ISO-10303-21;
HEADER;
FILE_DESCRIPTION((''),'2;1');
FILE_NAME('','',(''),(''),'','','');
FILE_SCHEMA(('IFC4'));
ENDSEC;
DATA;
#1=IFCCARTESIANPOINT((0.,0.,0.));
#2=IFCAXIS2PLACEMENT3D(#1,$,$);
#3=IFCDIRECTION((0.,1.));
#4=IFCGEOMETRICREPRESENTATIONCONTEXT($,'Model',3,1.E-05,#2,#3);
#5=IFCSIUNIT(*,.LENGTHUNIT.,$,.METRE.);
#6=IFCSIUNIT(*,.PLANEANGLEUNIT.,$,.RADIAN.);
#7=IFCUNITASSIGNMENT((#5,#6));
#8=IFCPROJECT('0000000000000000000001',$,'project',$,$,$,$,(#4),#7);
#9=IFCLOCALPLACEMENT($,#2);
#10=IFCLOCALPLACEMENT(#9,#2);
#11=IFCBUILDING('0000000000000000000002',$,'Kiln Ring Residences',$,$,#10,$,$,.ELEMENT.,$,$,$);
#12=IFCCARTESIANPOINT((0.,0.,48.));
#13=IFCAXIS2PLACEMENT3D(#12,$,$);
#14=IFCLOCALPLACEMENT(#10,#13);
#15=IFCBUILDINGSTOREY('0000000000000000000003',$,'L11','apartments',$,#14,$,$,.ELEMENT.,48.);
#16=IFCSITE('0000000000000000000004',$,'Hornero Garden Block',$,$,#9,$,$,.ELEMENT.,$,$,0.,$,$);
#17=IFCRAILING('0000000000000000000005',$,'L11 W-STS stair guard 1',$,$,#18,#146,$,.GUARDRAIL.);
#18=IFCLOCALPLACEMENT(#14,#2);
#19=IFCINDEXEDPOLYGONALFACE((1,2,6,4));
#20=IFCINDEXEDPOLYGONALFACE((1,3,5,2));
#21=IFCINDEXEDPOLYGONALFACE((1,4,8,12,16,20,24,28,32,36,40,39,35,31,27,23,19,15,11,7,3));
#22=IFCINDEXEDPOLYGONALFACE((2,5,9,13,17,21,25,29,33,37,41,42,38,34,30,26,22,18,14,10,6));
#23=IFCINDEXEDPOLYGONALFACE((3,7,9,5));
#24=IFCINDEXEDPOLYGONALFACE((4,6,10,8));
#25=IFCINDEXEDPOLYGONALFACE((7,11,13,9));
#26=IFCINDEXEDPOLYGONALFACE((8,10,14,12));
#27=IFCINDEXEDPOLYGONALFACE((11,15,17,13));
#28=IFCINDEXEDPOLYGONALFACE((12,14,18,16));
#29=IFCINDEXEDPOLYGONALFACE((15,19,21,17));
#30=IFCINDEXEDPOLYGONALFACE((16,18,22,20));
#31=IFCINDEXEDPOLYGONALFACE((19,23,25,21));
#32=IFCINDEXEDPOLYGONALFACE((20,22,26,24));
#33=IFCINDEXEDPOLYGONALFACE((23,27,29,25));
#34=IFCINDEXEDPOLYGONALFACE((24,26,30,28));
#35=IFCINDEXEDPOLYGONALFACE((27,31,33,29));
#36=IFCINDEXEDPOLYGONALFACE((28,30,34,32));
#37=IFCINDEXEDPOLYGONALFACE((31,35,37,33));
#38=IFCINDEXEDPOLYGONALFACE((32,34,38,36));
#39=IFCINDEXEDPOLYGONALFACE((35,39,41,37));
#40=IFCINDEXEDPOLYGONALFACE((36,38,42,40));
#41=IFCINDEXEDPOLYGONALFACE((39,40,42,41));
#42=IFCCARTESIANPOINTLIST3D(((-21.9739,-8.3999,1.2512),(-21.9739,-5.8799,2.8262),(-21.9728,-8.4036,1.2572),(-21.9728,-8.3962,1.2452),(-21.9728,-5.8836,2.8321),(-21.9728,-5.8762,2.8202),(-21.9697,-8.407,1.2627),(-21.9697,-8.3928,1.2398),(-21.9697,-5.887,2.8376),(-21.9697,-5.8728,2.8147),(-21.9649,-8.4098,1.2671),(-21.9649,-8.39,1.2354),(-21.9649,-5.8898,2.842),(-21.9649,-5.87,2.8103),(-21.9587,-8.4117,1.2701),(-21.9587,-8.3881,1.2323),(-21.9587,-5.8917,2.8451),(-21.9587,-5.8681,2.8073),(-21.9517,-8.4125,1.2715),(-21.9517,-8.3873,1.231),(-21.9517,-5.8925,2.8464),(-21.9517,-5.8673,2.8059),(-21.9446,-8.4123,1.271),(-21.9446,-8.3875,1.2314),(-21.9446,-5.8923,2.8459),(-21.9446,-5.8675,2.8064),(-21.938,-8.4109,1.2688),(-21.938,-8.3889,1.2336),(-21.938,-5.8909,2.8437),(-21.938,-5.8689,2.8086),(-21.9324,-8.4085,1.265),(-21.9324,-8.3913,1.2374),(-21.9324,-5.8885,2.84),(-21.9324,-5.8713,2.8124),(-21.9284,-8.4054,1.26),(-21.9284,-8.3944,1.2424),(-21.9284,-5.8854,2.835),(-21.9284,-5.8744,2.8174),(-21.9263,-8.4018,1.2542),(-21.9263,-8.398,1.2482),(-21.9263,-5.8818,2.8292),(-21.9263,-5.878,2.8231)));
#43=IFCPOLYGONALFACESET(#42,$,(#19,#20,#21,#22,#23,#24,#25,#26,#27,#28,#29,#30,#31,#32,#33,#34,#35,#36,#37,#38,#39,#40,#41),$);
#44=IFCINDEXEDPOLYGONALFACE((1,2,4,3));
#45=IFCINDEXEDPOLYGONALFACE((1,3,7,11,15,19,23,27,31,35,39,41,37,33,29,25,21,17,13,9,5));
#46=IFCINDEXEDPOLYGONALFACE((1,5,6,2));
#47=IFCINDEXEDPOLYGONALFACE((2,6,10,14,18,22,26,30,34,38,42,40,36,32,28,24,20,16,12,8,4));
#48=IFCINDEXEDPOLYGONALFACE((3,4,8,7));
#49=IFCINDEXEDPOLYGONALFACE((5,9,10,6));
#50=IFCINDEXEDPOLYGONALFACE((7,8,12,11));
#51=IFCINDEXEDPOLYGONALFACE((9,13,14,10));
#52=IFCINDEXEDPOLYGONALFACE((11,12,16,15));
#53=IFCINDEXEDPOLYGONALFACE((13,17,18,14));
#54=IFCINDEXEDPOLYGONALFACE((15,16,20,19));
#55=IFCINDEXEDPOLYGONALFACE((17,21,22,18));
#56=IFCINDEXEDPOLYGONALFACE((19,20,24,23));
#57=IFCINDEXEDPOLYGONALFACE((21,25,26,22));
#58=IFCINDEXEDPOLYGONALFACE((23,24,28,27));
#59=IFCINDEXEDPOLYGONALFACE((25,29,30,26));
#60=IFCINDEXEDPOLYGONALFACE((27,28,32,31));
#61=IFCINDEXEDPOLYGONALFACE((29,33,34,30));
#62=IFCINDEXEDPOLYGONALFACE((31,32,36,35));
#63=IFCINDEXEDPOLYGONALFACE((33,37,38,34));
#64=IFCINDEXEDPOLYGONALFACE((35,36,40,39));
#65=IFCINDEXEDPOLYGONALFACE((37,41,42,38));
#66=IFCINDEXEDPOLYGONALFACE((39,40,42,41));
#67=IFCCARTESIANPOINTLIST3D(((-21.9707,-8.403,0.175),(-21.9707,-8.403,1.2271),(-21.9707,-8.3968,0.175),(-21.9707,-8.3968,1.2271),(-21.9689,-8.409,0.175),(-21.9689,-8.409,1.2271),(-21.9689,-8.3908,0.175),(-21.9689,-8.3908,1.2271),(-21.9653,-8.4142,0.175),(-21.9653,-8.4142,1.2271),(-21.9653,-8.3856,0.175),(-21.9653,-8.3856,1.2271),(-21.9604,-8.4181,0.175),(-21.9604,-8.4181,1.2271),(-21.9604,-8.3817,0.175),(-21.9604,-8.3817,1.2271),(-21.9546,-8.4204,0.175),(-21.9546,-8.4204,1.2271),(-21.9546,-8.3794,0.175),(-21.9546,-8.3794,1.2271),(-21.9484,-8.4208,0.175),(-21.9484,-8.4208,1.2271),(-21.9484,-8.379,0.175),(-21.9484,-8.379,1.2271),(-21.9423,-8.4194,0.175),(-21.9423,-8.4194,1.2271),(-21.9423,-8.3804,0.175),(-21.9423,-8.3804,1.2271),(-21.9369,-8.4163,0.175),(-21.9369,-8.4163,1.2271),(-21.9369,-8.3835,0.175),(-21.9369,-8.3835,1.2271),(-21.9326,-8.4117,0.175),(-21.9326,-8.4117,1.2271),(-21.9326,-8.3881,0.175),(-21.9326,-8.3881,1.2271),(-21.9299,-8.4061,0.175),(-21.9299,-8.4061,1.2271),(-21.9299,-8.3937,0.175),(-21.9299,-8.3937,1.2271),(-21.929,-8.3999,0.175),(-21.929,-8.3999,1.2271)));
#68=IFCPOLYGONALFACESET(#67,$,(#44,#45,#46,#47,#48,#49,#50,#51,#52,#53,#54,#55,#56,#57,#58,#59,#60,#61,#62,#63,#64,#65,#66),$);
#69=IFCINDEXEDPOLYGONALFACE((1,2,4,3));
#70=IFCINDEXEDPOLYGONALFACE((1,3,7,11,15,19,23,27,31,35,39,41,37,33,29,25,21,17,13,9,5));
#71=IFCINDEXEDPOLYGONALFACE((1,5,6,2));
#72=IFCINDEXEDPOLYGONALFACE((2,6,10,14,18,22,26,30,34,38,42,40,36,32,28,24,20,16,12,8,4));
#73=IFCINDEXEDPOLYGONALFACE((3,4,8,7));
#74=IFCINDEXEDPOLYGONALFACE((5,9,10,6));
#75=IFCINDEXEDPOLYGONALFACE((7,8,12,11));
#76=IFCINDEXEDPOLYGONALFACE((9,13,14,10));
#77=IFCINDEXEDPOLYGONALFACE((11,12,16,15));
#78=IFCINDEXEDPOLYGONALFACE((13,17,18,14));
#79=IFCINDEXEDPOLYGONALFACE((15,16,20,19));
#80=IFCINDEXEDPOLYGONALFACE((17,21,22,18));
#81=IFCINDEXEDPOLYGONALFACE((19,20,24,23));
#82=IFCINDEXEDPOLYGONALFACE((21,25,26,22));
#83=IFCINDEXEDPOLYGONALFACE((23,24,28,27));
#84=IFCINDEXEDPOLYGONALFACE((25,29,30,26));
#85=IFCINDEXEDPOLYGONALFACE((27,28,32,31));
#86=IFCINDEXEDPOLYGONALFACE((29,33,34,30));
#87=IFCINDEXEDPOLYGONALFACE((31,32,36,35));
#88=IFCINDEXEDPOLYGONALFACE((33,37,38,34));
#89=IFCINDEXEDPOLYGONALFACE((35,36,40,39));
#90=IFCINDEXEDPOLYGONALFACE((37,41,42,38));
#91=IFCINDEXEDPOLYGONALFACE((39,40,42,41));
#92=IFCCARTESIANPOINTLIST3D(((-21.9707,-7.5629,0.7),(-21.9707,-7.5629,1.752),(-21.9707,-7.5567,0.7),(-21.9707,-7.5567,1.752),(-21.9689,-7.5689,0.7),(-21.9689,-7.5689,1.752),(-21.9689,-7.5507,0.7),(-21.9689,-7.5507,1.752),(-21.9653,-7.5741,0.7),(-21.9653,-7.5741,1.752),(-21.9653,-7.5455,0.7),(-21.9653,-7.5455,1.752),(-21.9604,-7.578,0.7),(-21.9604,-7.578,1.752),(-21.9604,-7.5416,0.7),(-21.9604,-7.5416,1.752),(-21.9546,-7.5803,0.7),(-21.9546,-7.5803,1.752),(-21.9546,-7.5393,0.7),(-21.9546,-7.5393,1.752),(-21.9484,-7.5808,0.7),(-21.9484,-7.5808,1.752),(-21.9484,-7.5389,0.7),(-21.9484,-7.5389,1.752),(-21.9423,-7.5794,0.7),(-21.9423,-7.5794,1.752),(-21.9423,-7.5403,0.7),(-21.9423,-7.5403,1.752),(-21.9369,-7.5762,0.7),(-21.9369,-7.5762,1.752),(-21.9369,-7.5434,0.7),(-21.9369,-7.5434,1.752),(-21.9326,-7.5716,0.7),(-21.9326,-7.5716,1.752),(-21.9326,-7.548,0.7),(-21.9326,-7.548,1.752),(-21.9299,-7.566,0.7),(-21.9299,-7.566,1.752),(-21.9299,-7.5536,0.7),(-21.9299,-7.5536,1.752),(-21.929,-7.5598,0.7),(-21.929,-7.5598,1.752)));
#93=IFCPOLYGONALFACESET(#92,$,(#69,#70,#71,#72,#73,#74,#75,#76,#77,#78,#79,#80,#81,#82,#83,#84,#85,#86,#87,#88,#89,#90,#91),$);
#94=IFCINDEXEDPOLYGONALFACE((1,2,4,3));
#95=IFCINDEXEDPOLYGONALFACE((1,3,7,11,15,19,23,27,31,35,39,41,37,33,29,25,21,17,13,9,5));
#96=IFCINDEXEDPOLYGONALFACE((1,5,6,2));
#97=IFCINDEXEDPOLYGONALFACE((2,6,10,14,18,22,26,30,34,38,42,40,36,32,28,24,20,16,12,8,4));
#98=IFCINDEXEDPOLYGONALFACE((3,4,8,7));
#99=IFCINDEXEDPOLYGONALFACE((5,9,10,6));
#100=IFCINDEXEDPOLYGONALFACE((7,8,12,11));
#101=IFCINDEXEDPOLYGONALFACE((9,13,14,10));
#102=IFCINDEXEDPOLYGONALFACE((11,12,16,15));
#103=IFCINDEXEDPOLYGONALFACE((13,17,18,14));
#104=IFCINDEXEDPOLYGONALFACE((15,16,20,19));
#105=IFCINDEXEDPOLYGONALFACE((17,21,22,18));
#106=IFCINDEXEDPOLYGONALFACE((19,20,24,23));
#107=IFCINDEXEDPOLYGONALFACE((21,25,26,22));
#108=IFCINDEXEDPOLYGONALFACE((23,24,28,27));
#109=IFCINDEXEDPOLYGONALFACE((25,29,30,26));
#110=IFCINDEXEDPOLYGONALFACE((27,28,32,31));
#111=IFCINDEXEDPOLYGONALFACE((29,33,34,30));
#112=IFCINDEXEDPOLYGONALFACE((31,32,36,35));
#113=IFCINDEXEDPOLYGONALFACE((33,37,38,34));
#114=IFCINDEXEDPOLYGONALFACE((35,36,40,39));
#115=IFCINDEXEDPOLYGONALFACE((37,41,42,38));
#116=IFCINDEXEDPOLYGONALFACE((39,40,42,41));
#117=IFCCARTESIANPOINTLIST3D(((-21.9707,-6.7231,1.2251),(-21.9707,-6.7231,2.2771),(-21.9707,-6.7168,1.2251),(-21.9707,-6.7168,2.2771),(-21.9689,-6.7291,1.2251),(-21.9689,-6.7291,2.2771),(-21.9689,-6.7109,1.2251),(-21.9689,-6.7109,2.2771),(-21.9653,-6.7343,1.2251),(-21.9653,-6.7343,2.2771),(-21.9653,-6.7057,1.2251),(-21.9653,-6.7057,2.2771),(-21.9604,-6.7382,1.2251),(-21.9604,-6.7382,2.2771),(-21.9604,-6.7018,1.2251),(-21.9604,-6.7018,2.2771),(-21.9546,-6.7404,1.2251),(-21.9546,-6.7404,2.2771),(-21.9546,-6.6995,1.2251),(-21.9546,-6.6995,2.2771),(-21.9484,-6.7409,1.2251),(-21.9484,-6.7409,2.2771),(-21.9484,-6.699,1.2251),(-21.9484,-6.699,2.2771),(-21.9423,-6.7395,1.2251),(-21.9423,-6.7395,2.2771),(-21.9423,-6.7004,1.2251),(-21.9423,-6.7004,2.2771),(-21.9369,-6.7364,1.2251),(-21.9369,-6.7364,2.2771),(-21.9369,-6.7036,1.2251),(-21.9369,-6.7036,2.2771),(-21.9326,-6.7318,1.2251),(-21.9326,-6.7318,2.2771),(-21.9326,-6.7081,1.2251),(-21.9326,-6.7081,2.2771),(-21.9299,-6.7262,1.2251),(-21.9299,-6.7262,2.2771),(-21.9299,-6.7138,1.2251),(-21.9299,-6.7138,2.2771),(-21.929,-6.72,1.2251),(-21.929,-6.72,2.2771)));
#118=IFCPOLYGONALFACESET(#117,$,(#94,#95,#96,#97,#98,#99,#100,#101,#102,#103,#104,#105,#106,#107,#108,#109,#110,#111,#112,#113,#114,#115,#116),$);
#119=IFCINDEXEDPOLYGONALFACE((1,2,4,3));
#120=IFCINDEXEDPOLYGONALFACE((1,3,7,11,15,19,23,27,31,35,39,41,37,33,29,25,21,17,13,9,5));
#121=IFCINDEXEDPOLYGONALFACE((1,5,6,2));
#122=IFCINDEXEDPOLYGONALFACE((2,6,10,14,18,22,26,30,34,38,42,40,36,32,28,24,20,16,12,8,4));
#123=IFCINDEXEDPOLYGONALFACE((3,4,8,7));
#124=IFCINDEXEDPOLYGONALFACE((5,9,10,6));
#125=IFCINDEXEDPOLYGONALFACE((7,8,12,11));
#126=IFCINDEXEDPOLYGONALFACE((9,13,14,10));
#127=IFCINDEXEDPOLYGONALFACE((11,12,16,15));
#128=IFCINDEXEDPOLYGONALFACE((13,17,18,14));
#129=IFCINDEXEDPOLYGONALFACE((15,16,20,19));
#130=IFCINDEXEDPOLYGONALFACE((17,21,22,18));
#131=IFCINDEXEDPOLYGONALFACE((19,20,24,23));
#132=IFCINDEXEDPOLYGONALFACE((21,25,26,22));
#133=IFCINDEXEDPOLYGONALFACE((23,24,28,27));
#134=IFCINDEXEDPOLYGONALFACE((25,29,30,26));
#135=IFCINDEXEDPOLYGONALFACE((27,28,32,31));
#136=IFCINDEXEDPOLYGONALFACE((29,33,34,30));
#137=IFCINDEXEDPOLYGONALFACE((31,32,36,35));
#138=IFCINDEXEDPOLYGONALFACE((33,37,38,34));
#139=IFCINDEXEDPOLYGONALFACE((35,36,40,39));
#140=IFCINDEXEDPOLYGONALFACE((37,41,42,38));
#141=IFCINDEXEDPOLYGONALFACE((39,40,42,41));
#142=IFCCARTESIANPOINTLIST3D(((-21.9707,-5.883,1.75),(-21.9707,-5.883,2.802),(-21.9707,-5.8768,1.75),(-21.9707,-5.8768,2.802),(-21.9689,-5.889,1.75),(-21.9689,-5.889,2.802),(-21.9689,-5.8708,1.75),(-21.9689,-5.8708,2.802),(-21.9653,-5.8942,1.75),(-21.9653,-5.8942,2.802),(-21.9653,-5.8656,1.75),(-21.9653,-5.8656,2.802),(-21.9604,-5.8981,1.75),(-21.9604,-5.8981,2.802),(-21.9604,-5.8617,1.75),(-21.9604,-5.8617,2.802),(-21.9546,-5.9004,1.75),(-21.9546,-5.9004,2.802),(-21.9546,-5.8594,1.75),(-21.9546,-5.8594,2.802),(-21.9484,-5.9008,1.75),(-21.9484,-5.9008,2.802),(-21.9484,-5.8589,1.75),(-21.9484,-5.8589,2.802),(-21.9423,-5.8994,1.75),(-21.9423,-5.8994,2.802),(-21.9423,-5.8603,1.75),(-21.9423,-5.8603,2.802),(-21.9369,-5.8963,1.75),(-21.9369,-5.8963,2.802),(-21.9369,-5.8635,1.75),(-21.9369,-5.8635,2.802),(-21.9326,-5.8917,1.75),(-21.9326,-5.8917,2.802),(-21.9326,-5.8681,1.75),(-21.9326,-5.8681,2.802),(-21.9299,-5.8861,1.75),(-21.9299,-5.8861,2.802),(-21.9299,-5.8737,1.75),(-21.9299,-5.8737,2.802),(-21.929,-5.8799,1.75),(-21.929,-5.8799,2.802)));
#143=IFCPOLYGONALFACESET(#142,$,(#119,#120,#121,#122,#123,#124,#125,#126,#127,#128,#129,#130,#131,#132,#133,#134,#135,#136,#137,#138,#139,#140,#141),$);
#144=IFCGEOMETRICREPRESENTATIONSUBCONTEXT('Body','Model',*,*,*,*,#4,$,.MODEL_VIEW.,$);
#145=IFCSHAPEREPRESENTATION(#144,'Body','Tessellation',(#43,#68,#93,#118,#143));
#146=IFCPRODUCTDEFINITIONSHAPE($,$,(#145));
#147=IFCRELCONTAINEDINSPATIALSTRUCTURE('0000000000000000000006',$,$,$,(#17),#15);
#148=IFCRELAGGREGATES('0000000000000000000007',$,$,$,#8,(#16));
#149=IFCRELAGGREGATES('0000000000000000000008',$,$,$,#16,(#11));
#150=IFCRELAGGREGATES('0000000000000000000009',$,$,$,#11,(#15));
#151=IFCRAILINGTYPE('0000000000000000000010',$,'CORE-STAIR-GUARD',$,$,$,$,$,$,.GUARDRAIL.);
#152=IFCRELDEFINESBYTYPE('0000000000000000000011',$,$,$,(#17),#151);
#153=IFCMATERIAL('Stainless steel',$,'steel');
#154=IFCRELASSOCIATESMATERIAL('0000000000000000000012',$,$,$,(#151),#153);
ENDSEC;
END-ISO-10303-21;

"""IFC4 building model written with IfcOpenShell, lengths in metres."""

from ifc_helpers import new_model, si_unit, direction, frame, origin, origin_2d, place, context, subcontext, project, spatial, circle, extrude, material, type_object, element, save


model = new_model("IFC4")

# Units and contexts
model_context = context("Model", 3, precision=1e-05, world=origin(), true_north=direction((0.0, 1.0)))
body_context = subcontext(model_context, "Body", "Model", "MODEL_VIEW")
ifc_project = project(units=[si_unit("LENGTHUNIT", "METRE"), si_unit("PLANEANGLEUNIT", "RADIAN")], contexts=[model_context])

# Site, building, storey
site_placement = place(None, origin())
site = spatial("IfcSite", under=ifc_project, at=site_placement, Name="Hornero Garden Block", CompositionType="ELEMENT", RefElevation=0.0)
building_placement = place(site_placement, origin())
building = spatial("IfcBuilding", under=site, at=building_placement, Name="Kiln Ring Residences", CompositionType="ELEMENT")
storey_placement = place(building_placement, frame((0.0, 0.0, 48.0)))
storey = spatial("IfcBuildingStorey", under=building, at=storey_placement, Name="L11", Description="apartments", CompositionType="ELEMENT", Elevation=48.0)

# Railing
ifc_material_1 = material(Name="Stainless steel", Category="steel")
railing_type_1 = type_object("IfcRailingType", Name="CORE-STAIR-GUARD", PredefinedType="GUARDRAIL", material=ifc_material_1)
railing_1_placement = place(storey_placement, frame((-21.95, -8.3999, 0.175)))
element("IfcRailing", 1, at=railing_1_placement, inside=storey, type_object=railing_type_1, Name="L11 W-STS stair guard 1", PredefinedType="GUARDRAIL", context=body_context, shape_type="SweptSolid", body=[
    extrude(circle(Radius=0.0239, at=origin_2d()), frame((0.0, 0.0, 1.0762), z_axis=(0.0, 0.848008, 0.529984), x_axis=(-1.0, 0.0, 0.0)), (0.0, 0.0, 1.0), 2.9717),
    extrude(circle(Radius=0.021, at=origin_2d()), origin(), (0.0, 0.0, 1.0), 1.052),
    extrude(circle(Radius=0.021, at=origin_2d()), frame((0.0, 0.8401, 0.5249)), (0.0, 0.0, 1.0), 1.052),
    extrude(circle(Radius=0.021, at=origin_2d()), frame((0.0, 1.6799, 1.05)), (0.0, 0.0, 1.0), 1.052),
    extrude(circle(Radius=0.021, at=origin_2d()), frame((0.0, 2.52, 1.575)), (0.0, 0.0, 1.0), 1.052),
])

save(model, "model.ifc")
